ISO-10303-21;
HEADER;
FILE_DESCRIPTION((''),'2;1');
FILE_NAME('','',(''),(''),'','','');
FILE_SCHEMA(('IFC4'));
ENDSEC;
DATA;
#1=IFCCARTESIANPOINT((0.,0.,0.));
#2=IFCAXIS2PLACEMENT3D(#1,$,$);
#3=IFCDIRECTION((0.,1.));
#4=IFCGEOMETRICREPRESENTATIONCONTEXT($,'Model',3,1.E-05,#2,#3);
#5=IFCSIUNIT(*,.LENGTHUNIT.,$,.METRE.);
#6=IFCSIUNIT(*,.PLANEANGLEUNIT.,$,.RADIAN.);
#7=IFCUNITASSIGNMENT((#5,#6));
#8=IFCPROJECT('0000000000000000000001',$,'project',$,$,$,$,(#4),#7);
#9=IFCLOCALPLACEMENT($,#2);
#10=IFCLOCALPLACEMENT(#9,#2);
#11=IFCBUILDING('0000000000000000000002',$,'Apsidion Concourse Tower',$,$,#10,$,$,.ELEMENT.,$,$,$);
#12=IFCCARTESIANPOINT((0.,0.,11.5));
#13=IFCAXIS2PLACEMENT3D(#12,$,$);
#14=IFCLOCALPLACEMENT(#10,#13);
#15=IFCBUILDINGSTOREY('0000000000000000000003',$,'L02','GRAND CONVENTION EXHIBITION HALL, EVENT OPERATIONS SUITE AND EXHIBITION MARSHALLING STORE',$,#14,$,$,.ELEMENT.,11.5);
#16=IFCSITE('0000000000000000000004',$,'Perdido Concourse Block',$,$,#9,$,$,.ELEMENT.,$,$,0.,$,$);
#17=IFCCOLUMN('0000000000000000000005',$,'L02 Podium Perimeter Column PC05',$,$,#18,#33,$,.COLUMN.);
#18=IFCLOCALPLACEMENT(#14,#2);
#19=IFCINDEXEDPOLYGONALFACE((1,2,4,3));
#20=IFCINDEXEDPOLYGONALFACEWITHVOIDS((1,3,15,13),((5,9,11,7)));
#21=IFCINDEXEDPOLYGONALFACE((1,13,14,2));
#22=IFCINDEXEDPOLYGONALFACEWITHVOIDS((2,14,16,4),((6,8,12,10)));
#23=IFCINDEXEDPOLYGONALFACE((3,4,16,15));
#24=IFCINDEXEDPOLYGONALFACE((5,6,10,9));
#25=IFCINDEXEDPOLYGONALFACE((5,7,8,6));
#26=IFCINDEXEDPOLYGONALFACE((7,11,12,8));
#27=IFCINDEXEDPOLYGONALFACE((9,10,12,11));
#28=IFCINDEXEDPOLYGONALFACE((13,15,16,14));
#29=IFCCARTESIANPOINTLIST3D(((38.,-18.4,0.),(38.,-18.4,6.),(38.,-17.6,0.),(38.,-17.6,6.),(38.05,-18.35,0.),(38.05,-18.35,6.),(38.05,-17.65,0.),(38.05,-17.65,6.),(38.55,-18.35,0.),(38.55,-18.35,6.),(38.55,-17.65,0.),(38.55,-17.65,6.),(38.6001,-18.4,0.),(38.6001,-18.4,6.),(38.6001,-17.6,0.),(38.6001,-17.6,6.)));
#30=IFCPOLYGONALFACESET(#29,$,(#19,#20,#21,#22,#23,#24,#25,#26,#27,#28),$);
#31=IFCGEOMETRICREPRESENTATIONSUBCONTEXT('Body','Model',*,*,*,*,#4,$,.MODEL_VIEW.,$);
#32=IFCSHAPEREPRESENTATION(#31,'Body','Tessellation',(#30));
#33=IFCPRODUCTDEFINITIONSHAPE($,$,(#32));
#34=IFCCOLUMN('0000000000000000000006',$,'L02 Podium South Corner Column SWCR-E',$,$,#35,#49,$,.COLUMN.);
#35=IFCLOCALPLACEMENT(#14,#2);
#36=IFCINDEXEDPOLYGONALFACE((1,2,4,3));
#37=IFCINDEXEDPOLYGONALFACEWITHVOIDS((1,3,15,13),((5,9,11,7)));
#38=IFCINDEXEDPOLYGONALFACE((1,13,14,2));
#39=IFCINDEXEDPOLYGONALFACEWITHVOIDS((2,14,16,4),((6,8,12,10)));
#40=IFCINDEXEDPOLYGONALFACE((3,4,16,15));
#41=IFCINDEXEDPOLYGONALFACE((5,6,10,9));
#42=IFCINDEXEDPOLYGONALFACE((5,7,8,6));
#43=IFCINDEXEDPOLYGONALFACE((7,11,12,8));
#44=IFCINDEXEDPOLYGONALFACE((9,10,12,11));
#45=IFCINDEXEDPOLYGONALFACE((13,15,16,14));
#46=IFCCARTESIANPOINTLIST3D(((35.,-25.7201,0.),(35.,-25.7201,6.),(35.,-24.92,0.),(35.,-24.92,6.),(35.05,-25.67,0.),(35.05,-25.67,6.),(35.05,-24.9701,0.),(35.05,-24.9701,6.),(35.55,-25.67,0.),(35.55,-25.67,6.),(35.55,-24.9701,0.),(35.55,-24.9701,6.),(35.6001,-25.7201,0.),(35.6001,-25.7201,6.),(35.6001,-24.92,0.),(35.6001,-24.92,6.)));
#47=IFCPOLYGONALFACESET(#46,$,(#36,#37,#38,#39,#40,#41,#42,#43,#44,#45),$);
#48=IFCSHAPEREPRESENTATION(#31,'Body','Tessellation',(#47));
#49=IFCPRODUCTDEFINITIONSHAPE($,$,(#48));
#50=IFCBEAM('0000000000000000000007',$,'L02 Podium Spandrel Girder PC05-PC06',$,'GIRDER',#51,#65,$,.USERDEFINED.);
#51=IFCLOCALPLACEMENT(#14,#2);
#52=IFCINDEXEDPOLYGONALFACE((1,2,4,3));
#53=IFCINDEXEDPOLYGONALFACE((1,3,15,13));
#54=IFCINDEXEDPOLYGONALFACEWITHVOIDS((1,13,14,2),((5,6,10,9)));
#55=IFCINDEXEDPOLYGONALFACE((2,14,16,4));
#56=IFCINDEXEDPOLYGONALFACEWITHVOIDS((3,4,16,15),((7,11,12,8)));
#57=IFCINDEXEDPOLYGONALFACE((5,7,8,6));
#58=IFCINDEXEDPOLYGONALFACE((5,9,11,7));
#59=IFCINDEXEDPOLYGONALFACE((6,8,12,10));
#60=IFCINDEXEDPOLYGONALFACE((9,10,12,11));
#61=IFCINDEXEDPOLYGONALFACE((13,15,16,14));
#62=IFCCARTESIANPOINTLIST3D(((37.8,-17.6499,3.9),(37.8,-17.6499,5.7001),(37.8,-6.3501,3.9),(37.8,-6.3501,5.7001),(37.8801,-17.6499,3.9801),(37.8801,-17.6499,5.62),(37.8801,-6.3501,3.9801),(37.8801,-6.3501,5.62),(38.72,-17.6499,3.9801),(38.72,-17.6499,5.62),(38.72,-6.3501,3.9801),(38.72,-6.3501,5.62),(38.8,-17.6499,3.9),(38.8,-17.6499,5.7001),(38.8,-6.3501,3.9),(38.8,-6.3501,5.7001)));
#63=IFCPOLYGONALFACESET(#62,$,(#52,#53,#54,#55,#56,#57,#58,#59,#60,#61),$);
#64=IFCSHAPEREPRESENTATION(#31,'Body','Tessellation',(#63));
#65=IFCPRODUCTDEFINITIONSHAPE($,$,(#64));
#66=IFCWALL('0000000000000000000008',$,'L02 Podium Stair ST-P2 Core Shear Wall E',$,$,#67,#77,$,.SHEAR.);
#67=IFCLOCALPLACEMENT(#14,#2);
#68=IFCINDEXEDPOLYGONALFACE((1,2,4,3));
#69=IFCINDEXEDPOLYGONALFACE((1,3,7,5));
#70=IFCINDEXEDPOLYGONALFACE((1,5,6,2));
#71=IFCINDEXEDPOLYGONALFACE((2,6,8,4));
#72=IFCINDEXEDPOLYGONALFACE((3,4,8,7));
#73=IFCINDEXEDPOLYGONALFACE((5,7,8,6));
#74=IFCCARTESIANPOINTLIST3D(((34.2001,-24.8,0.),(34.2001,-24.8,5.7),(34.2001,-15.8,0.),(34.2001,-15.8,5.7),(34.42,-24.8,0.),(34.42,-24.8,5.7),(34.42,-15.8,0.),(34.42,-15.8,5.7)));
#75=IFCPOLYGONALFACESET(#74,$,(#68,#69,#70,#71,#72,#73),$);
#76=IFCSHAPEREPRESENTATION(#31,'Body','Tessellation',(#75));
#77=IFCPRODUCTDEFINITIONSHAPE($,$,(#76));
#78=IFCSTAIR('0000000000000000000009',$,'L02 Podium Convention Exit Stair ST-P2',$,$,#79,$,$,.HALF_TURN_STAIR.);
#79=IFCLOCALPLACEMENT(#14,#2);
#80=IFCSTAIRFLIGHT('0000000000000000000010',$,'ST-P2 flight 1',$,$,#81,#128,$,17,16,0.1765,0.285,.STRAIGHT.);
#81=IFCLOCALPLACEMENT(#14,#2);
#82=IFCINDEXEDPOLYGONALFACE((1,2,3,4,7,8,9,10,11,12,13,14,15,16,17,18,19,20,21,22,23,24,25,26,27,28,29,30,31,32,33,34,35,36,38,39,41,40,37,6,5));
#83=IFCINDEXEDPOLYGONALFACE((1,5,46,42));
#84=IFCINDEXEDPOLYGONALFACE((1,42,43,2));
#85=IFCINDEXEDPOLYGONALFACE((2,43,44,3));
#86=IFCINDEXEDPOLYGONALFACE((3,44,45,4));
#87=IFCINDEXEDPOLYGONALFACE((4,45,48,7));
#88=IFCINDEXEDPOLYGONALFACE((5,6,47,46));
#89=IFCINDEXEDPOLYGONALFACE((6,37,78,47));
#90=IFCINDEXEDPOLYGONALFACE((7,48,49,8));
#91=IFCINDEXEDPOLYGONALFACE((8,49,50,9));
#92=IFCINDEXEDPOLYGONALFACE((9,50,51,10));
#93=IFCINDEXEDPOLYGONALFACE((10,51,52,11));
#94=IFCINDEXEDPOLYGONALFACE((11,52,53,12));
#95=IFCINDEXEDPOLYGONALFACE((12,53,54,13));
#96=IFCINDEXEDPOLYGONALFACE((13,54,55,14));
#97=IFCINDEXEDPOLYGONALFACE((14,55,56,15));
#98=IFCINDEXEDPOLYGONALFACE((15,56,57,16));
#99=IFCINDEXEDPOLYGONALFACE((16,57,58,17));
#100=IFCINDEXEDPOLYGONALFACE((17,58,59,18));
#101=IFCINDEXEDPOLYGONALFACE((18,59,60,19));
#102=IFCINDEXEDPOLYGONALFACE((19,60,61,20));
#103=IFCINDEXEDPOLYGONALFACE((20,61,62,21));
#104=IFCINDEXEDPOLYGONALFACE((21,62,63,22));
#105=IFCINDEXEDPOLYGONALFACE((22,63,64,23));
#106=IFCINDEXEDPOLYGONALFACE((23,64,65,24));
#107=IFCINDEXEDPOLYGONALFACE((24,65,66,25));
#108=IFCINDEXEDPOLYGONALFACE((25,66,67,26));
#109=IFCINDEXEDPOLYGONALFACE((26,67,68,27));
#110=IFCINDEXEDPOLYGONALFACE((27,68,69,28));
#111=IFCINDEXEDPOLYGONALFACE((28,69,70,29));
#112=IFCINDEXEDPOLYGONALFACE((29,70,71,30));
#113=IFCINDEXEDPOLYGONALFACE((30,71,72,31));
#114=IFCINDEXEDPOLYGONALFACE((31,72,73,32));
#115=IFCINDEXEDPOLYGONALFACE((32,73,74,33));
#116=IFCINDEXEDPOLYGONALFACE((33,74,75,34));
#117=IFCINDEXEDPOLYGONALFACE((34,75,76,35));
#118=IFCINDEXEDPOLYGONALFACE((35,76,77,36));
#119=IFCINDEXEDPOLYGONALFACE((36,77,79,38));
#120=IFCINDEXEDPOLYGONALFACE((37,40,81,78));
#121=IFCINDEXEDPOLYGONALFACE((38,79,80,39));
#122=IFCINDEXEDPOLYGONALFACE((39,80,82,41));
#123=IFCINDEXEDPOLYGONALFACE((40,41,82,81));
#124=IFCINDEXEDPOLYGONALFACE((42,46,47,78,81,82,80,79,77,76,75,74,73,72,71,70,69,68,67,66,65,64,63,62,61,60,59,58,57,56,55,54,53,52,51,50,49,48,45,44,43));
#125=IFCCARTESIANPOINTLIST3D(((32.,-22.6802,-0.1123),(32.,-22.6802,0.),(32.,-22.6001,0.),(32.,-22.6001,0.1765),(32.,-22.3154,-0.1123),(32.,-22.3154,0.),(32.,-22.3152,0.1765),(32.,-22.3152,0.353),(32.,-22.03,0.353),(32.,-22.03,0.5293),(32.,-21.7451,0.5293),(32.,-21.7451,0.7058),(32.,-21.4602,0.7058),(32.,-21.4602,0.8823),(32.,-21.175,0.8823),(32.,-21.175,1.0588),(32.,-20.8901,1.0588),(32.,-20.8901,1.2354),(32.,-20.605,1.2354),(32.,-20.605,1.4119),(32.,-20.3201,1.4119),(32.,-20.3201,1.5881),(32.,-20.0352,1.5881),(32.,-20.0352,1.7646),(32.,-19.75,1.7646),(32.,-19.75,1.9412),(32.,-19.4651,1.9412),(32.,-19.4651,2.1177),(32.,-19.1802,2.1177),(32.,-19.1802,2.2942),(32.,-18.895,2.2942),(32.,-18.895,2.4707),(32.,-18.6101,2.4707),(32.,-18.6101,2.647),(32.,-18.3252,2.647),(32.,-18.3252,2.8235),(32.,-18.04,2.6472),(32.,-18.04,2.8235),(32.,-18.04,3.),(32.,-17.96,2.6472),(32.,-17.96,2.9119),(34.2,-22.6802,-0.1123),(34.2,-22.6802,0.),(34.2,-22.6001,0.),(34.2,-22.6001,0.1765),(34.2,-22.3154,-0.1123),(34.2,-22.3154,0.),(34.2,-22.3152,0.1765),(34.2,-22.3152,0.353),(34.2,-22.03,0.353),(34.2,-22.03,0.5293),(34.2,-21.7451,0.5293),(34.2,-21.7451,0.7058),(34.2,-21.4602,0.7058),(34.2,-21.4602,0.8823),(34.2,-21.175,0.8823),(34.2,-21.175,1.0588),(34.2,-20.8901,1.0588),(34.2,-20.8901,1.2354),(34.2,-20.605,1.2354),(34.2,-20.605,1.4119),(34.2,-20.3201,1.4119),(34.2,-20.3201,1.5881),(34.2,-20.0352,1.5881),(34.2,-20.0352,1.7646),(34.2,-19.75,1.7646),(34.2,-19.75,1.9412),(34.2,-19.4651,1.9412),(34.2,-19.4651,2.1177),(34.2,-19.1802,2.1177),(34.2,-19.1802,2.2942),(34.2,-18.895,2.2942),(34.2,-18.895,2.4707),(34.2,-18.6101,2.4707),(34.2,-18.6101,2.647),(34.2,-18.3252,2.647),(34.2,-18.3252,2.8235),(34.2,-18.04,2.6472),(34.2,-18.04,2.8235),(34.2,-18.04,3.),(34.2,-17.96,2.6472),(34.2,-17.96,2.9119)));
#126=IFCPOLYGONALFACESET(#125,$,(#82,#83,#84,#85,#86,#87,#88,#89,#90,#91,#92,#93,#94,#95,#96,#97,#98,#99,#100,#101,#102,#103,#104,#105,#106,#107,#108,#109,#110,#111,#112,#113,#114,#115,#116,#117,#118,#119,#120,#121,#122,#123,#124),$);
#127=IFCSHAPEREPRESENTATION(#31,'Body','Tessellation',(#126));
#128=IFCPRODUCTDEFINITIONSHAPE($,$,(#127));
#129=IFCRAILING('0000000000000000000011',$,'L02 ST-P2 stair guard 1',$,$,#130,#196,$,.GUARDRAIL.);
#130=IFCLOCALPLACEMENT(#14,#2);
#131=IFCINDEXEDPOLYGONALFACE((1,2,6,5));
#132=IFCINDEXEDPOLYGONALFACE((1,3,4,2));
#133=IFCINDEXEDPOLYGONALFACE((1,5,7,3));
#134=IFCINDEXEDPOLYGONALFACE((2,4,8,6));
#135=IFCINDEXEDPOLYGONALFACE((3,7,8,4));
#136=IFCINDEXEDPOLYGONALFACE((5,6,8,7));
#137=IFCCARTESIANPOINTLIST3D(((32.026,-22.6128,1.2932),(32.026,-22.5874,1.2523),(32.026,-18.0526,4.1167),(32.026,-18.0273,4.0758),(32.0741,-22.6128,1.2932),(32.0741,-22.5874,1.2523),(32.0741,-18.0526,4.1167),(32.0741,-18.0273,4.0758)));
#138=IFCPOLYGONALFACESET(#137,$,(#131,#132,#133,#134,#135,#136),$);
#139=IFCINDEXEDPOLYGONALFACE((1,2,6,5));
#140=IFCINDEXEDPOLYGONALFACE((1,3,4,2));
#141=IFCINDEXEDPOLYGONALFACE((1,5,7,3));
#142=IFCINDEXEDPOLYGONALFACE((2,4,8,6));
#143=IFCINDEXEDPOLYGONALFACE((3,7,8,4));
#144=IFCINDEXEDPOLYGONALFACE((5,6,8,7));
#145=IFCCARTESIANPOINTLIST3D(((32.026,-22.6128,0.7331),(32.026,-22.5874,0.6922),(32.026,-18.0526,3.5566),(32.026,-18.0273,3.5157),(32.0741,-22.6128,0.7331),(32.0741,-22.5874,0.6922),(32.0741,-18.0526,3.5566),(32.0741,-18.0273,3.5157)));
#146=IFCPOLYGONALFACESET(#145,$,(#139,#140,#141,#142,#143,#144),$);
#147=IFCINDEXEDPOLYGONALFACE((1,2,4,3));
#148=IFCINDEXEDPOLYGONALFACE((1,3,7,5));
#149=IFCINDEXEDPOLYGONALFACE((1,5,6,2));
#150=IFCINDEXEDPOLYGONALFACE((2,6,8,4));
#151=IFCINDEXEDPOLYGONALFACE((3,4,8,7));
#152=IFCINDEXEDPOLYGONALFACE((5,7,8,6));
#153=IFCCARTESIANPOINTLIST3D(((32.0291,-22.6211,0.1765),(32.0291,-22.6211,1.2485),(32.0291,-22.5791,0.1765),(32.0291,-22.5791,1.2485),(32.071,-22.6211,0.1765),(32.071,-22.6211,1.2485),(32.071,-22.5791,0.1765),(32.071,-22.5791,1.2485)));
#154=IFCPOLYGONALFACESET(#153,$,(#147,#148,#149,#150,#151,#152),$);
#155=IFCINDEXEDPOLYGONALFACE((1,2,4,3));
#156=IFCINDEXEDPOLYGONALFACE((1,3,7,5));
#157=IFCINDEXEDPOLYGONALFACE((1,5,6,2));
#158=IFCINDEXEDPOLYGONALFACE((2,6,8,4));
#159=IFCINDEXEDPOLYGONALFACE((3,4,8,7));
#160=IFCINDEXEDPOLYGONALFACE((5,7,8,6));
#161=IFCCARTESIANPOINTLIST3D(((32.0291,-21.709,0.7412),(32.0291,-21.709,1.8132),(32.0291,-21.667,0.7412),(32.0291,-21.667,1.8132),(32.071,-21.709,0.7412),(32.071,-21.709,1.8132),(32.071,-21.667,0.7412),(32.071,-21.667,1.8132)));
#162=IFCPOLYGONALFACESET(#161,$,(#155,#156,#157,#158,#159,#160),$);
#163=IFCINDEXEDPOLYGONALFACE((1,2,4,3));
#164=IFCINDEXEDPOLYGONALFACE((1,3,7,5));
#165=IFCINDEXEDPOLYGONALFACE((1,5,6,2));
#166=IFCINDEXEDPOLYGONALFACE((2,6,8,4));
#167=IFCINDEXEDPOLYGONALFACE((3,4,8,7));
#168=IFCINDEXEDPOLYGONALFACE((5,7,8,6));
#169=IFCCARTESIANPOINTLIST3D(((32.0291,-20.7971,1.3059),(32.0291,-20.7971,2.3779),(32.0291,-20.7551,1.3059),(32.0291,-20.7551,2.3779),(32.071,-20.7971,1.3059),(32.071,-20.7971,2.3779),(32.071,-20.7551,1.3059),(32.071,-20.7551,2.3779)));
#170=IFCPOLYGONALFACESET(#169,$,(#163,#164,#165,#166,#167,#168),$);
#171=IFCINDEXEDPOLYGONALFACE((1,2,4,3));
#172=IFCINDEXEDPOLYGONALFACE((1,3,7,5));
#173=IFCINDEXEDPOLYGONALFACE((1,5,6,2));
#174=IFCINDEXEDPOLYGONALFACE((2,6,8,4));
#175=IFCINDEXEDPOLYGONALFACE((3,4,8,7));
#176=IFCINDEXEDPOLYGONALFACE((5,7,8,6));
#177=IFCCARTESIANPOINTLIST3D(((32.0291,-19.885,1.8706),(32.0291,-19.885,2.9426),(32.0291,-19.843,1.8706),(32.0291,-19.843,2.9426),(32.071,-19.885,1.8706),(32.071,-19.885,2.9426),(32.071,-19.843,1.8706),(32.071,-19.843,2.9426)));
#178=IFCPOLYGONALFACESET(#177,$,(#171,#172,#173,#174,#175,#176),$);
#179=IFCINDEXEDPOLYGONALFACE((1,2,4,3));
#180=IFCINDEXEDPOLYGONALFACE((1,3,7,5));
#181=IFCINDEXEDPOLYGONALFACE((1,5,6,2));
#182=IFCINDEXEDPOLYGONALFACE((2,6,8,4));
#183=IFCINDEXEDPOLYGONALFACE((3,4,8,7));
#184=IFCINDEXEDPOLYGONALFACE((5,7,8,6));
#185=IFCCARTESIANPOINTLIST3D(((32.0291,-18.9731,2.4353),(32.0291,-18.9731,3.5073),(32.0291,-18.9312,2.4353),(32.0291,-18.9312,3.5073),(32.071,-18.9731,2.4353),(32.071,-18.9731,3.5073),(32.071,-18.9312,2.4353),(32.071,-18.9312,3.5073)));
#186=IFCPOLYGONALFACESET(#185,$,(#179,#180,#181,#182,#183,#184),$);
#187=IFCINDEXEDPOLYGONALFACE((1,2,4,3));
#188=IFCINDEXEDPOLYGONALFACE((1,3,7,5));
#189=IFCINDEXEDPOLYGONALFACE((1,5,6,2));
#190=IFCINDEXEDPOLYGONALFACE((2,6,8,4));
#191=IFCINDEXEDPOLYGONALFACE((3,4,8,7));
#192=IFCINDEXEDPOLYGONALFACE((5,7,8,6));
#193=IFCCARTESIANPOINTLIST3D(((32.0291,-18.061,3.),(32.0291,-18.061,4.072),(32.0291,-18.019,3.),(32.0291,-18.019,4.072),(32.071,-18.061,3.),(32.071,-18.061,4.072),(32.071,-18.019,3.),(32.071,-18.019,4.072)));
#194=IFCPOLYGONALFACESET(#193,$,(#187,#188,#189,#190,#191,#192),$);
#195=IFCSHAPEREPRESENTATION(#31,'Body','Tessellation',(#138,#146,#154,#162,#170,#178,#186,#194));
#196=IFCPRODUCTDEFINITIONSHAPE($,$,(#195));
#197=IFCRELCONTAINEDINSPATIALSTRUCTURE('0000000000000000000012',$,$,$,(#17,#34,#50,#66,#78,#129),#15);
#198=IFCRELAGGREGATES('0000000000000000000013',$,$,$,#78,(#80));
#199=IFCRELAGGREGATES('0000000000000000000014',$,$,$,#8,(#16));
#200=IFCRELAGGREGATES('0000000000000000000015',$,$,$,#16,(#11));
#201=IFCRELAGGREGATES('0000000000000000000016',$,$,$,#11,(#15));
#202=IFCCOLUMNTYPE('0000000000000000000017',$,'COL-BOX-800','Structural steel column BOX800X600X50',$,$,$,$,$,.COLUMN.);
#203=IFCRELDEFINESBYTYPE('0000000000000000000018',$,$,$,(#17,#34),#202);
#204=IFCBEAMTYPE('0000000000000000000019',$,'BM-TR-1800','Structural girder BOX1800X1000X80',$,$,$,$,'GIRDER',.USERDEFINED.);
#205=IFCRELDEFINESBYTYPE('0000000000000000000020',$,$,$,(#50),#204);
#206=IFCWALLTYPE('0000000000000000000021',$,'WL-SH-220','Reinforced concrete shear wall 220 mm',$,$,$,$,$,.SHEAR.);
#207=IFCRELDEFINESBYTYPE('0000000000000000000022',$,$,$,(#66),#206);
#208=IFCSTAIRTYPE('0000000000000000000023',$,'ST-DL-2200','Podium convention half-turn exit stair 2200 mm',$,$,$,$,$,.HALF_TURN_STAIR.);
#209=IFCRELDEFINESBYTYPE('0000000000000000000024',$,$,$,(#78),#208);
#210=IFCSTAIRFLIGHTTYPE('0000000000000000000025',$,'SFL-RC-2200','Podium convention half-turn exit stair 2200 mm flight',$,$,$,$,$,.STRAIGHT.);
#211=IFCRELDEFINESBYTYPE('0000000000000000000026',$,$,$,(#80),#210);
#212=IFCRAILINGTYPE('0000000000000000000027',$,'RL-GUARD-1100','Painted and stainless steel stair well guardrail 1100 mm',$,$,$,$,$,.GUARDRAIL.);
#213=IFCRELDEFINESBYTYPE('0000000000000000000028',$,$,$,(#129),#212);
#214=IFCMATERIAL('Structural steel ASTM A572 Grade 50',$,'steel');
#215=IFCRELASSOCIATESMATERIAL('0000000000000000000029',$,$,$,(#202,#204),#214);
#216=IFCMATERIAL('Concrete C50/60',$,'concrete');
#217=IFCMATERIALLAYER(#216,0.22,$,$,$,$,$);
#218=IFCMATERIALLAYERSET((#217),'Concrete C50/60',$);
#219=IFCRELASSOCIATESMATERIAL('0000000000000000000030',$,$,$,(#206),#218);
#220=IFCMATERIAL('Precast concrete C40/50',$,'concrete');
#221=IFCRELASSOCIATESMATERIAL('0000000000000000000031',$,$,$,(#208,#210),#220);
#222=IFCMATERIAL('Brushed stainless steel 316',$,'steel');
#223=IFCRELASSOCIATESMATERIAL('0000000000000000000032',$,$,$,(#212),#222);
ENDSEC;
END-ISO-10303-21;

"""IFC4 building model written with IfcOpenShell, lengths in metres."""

from ifc_helpers import new_model, si_unit, direction, frame, frame_2d, origin, origin_2d, place, context, subcontext, project, spatial, polyline, rectangle, hollow_rectangle, outline, extrude, material, layer, layer_set, material_profile, profile_set, type_object, element, aggregate, save


model = new_model("IFC4")

# Units and contexts
model_context = context("Model", 3, precision=1e-05, world=origin(), true_north=direction((0.0, 1.0)))
body_context = subcontext(model_context, "Body", "Model", "MODEL_VIEW")
ifc_project = project(units=[si_unit("LENGTHUNIT", "METRE"), si_unit("PLANEANGLEUNIT", "RADIAN")], contexts=[model_context])

# Site, building, storey
site_placement = place(None, origin())
site = spatial("IfcSite", under=ifc_project, at=site_placement, Name="Perdido Concourse Block", CompositionType="ELEMENT", RefElevation=0.0)
building_placement = place(site_placement, origin())
building = spatial("IfcBuilding", under=site, at=building_placement, Name="Apsidion Concourse Tower", CompositionType="ELEMENT")
storey_placement = place(building_placement, frame((0.0, 0.0, 11.5)))
storey = spatial("IfcBuildingStorey", under=building, at=storey_placement, Name="L02", Description="GRAND CONVENTION EXHIBITION HALL, EVENT OPERATIONS SUITE AND EXHIBITION MARSHALLING STORE", CompositionType="ELEMENT", Elevation=11.5)

# Columns
ifc_material_1 = material(Name="Structural steel ASTM A572 Grade 50", Category="steel")
ifc_material_profile_1 = material_profile(ifc_material_1, hollow_rectangle(XDim=0.6001, YDim=0.8, WallThickness=0.05, at=origin_2d()), Name="BOX800X600X50")
ifc_profile_set_1 = profile_set([ifc_material_profile_1], Name="Structural steel ASTM A572 Grade 50")
column_type = type_object("IfcColumnType", Name="COL-BOX-800", Description="Structural steel column BOX800X600X50", PredefinedType="COLUMN", material=ifc_profile_set_1)
for number, where, z_axis, x_axis, name in (
    (1, (38.3, -18.0, 0.0), (0.0, 0.0, 1.0), (1.0, 0.0, 0.0), "L02 Podium Perimeter Column PC05"),
    (2, (35.3, -25.3201, 0.0), (0.0, 0.0, 1.0), (1.0, 0.0, 0.0), "L02 Podium South Corner Column SWCR-E"),
):
    element("IfcColumn", number, at=place(storey_placement, frame(where, z_axis=z_axis, x_axis=x_axis)), inside=storey, type_object=column_type, Name=name, PredefinedType="COLUMN", context=body_context, shape_type="SweptSolid", body=[
        extrude(hollow_rectangle(XDim=0.6001, YDim=0.8, WallThickness=0.05, at=origin_2d()), origin(), (0.0, 0.0, 1.0), 6.0),
    ])

# Beam
ifc_material_profile_2 = material_profile(ifc_material_1, hollow_rectangle(XDim=1.0, YDim=1.8, WallThickness=0.0801, at=origin_2d()), Name="BOX1800X1000X80")
ifc_profile_set_2 = profile_set([ifc_material_profile_2], Name="Structural steel ASTM A572 Grade 50")
beam_type = type_object("IfcBeamType", Name="BM-TR-1800", Description="Structural girder BOX1800X1000X80", ElementType="GIRDER", PredefinedType="USERDEFINED", material=ifc_profile_set_2)
beam_placement = place(storey_placement, frame((38.3, -17.6499, 4.8), z_axis=(0.0, 1.0, 0.0), x_axis=(-1.0, 0.0, 0.0)))
element("IfcBeam", 3, at=beam_placement, inside=storey, type_object=beam_type, Name="L02 Podium Spandrel Girder PC05-PC06", ObjectType="GIRDER", PredefinedType="USERDEFINED", context=body_context, shape_type="SweptSolid", body=[
    extrude(hollow_rectangle(XDim=1.0, YDim=1.8, WallThickness=0.0801, at=origin_2d()), origin(), (0.0, 0.0, 1.0), 11.2998),
])

# Shared definitions
ifc_material_2 = material(Name="Precast concrete C40/50", Category="concrete")

# Wall
ifc_material_3 = material(Name="Concrete C50/60", Category="concrete")
ifc_layer_1 = layer(ifc_material_3, 0.22)
ifc_layer_set_1 = layer_set([ifc_layer_1], Name="Concrete C50/60")
wall_type_1 = type_object("IfcWallType", Name="WL-SH-220", Description="Reinforced concrete shear wall 220 mm", PredefinedType="SHEAR", material=ifc_layer_set_1)
wall_1_placement = place(storey_placement, frame((34.3101, -24.8, 0.0), z_axis=(0.0, 0.0, 1.0), x_axis=(0.0, 1.0, 0.0)))
element("IfcWall", 4, at=wall_1_placement, inside=storey, type_object=wall_type_1, Name="L02 Podium Stair ST-P2 Core Shear Wall E", PredefinedType="SHEAR", context=body_context, shape_type="SweptSolid", body=[
    extrude(rectangle(XDim=9.0, YDim=0.22, at=frame_2d((4.5, 0.0))), origin(), (0.0, 0.0, 1.0), 5.7),
])

# Stair, stair flight
stair_type = type_object("IfcStairType", Name="ST-DL-2200", Description="Podium convention half-turn exit stair 2200 mm", PredefinedType="HALF_TURN_STAIR", material=ifc_material_2)
stair_placement = place(storey_placement, origin())
stair = element("IfcStair", 5, at=stair_placement, inside=storey, type_object=stair_type, Name="L02 Podium Convention Exit Stair ST-P2", PredefinedType="HALF_TURN_STAIR")
stair_flight_type = type_object("IfcStairFlightType", Name="SFL-RC-2200", Description="Podium convention half-turn exit stair 2200 mm flight", PredefinedType="STRAIGHT", material=ifc_material_2)
stair_flight_placement = place(storey_placement, frame((33.1001, -22.6001, 0.0), z_axis=(0.0, 0.0, 1.0), x_axis=(0.0, 1.0, 0.0)))
stair_flight = element("IfcStairFlight", 6, at=stair_flight_placement, type_object=stair_flight_type, Name="ST-P2 flight 1", NumberOfRisers=17, NumberOfTreads=16, PredefinedType="STRAIGHT", RiserHeight=0.1765, TreadLength=0.285, context=body_context, shape_type="SweptSolid", body=[
    extrude(outline(polyline([(-0.0801, -0.1123), (-0.0801, 0.0), (0.0, 0.0), (0.0, 0.1765), (0.2849, 0.1765), (0.2849, 0.353), (0.5701, 0.353), (0.5701, 0.5293), (0.855, 0.5293), (0.855, 0.7058), (1.1399, 0.7058), (1.1399, 0.8823), (1.425, 0.8823), (1.425, 1.0588), (1.71, 1.0588), (1.71, 1.2354), (1.9951, 1.2354), (1.9951, 1.4119), (2.28, 1.4119), (2.28, 1.5881), (2.5649, 1.5881), (2.5649, 1.7646), (2.8501, 1.7646), (2.8501, 1.9412), (3.135, 1.9412), (3.135, 2.1177), (3.4199, 2.1177), (3.4199, 2.2942), (3.7051, 2.2942), (3.7051, 2.4707), (3.99, 2.4707), (3.99, 2.647), (4.2749, 2.647), (4.2749, 2.8235), (4.5601, 2.8235), (4.5601, 3.0), (4.6401, 2.9119), (4.6401, 2.6472), (4.5601, 2.6472), (0.2847, 0.0), (0.2847, -0.1123), (-0.0801, -0.1123)])), frame((0.0, 1.1001, 0.0), z_axis=(0.0, -1.0, 0.0), x_axis=(1.0, 0.0, 0.0)), (0.0, 0.0, 1.0), 2.2),
])
aggregate(stair, [stair_flight])

# Railing
ifc_material_4 = material(Name="Brushed stainless steel 316", Category="steel")
railing_type_1 = type_object("IfcRailingType", Name="RL-GUARD-1100", Description="Painted and stainless steel stair well guardrail 1100 mm", PredefinedType="GUARDRAIL", material=ifc_material_4)
railing_1_placement = place(storey_placement, frame((32.05, -22.6001, 0.1765)))
element("IfcRailing", 7, at=railing_1_placement, inside=storey, type_object=railing_type_1, Name="L02 ST-P2 stair guard 1", PredefinedType="GUARDRAIL", context=body_context, shape_type="SweptSolid", body=[
    extrude(rectangle(XDim=0.0481, YDim=0.0481, at=origin_2d()), frame((0.0, 0.0, 1.0962), z_axis=(0.0, 0.850216, 0.526435), x_axis=(-1.0, 0.0, 0.0)), (0.0, 0.0, 1.0), 5.3635),
    extrude(rectangle(XDim=0.0481, YDim=0.0481, at=origin_2d()), frame((0.0, 0.0, 0.5361), z_axis=(0.0, 0.850216, 0.526435), x_axis=(-1.0, 0.0, 0.0)), (0.0, 0.0, 1.0), 5.3635),
    extrude(rectangle(XDim=0.042, YDim=0.042, at=origin_2d()), origin(), (0.0, 0.0, 1.0), 1.072),
    extrude(rectangle(XDim=0.042, YDim=0.042, at=origin_2d()), frame((0.0, 0.9121, 0.5647)), (0.0, 0.0, 1.0), 1.072),
    extrude(rectangle(XDim=0.042, YDim=0.042, at=origin_2d()), frame((0.0, 1.824, 1.1294)), (0.0, 0.0, 1.0), 1.072),
    extrude(rectangle(XDim=0.042, YDim=0.042, at=origin_2d()), frame((0.0, 2.7361, 1.6941)), (0.0, 0.0, 1.0), 1.072),
    extrude(rectangle(XDim=0.042, YDim=0.042, at=origin_2d()), frame((0.0, 3.6479, 2.2588)), (0.0, 0.0, 1.0), 1.072),
    extrude(rectangle(XDim=0.042, YDim=0.042, at=origin_2d()), frame((0.0, 4.5601, 2.8235)), (0.0, 0.0, 1.0), 1.072),
])

save(model, "model.ifc")
